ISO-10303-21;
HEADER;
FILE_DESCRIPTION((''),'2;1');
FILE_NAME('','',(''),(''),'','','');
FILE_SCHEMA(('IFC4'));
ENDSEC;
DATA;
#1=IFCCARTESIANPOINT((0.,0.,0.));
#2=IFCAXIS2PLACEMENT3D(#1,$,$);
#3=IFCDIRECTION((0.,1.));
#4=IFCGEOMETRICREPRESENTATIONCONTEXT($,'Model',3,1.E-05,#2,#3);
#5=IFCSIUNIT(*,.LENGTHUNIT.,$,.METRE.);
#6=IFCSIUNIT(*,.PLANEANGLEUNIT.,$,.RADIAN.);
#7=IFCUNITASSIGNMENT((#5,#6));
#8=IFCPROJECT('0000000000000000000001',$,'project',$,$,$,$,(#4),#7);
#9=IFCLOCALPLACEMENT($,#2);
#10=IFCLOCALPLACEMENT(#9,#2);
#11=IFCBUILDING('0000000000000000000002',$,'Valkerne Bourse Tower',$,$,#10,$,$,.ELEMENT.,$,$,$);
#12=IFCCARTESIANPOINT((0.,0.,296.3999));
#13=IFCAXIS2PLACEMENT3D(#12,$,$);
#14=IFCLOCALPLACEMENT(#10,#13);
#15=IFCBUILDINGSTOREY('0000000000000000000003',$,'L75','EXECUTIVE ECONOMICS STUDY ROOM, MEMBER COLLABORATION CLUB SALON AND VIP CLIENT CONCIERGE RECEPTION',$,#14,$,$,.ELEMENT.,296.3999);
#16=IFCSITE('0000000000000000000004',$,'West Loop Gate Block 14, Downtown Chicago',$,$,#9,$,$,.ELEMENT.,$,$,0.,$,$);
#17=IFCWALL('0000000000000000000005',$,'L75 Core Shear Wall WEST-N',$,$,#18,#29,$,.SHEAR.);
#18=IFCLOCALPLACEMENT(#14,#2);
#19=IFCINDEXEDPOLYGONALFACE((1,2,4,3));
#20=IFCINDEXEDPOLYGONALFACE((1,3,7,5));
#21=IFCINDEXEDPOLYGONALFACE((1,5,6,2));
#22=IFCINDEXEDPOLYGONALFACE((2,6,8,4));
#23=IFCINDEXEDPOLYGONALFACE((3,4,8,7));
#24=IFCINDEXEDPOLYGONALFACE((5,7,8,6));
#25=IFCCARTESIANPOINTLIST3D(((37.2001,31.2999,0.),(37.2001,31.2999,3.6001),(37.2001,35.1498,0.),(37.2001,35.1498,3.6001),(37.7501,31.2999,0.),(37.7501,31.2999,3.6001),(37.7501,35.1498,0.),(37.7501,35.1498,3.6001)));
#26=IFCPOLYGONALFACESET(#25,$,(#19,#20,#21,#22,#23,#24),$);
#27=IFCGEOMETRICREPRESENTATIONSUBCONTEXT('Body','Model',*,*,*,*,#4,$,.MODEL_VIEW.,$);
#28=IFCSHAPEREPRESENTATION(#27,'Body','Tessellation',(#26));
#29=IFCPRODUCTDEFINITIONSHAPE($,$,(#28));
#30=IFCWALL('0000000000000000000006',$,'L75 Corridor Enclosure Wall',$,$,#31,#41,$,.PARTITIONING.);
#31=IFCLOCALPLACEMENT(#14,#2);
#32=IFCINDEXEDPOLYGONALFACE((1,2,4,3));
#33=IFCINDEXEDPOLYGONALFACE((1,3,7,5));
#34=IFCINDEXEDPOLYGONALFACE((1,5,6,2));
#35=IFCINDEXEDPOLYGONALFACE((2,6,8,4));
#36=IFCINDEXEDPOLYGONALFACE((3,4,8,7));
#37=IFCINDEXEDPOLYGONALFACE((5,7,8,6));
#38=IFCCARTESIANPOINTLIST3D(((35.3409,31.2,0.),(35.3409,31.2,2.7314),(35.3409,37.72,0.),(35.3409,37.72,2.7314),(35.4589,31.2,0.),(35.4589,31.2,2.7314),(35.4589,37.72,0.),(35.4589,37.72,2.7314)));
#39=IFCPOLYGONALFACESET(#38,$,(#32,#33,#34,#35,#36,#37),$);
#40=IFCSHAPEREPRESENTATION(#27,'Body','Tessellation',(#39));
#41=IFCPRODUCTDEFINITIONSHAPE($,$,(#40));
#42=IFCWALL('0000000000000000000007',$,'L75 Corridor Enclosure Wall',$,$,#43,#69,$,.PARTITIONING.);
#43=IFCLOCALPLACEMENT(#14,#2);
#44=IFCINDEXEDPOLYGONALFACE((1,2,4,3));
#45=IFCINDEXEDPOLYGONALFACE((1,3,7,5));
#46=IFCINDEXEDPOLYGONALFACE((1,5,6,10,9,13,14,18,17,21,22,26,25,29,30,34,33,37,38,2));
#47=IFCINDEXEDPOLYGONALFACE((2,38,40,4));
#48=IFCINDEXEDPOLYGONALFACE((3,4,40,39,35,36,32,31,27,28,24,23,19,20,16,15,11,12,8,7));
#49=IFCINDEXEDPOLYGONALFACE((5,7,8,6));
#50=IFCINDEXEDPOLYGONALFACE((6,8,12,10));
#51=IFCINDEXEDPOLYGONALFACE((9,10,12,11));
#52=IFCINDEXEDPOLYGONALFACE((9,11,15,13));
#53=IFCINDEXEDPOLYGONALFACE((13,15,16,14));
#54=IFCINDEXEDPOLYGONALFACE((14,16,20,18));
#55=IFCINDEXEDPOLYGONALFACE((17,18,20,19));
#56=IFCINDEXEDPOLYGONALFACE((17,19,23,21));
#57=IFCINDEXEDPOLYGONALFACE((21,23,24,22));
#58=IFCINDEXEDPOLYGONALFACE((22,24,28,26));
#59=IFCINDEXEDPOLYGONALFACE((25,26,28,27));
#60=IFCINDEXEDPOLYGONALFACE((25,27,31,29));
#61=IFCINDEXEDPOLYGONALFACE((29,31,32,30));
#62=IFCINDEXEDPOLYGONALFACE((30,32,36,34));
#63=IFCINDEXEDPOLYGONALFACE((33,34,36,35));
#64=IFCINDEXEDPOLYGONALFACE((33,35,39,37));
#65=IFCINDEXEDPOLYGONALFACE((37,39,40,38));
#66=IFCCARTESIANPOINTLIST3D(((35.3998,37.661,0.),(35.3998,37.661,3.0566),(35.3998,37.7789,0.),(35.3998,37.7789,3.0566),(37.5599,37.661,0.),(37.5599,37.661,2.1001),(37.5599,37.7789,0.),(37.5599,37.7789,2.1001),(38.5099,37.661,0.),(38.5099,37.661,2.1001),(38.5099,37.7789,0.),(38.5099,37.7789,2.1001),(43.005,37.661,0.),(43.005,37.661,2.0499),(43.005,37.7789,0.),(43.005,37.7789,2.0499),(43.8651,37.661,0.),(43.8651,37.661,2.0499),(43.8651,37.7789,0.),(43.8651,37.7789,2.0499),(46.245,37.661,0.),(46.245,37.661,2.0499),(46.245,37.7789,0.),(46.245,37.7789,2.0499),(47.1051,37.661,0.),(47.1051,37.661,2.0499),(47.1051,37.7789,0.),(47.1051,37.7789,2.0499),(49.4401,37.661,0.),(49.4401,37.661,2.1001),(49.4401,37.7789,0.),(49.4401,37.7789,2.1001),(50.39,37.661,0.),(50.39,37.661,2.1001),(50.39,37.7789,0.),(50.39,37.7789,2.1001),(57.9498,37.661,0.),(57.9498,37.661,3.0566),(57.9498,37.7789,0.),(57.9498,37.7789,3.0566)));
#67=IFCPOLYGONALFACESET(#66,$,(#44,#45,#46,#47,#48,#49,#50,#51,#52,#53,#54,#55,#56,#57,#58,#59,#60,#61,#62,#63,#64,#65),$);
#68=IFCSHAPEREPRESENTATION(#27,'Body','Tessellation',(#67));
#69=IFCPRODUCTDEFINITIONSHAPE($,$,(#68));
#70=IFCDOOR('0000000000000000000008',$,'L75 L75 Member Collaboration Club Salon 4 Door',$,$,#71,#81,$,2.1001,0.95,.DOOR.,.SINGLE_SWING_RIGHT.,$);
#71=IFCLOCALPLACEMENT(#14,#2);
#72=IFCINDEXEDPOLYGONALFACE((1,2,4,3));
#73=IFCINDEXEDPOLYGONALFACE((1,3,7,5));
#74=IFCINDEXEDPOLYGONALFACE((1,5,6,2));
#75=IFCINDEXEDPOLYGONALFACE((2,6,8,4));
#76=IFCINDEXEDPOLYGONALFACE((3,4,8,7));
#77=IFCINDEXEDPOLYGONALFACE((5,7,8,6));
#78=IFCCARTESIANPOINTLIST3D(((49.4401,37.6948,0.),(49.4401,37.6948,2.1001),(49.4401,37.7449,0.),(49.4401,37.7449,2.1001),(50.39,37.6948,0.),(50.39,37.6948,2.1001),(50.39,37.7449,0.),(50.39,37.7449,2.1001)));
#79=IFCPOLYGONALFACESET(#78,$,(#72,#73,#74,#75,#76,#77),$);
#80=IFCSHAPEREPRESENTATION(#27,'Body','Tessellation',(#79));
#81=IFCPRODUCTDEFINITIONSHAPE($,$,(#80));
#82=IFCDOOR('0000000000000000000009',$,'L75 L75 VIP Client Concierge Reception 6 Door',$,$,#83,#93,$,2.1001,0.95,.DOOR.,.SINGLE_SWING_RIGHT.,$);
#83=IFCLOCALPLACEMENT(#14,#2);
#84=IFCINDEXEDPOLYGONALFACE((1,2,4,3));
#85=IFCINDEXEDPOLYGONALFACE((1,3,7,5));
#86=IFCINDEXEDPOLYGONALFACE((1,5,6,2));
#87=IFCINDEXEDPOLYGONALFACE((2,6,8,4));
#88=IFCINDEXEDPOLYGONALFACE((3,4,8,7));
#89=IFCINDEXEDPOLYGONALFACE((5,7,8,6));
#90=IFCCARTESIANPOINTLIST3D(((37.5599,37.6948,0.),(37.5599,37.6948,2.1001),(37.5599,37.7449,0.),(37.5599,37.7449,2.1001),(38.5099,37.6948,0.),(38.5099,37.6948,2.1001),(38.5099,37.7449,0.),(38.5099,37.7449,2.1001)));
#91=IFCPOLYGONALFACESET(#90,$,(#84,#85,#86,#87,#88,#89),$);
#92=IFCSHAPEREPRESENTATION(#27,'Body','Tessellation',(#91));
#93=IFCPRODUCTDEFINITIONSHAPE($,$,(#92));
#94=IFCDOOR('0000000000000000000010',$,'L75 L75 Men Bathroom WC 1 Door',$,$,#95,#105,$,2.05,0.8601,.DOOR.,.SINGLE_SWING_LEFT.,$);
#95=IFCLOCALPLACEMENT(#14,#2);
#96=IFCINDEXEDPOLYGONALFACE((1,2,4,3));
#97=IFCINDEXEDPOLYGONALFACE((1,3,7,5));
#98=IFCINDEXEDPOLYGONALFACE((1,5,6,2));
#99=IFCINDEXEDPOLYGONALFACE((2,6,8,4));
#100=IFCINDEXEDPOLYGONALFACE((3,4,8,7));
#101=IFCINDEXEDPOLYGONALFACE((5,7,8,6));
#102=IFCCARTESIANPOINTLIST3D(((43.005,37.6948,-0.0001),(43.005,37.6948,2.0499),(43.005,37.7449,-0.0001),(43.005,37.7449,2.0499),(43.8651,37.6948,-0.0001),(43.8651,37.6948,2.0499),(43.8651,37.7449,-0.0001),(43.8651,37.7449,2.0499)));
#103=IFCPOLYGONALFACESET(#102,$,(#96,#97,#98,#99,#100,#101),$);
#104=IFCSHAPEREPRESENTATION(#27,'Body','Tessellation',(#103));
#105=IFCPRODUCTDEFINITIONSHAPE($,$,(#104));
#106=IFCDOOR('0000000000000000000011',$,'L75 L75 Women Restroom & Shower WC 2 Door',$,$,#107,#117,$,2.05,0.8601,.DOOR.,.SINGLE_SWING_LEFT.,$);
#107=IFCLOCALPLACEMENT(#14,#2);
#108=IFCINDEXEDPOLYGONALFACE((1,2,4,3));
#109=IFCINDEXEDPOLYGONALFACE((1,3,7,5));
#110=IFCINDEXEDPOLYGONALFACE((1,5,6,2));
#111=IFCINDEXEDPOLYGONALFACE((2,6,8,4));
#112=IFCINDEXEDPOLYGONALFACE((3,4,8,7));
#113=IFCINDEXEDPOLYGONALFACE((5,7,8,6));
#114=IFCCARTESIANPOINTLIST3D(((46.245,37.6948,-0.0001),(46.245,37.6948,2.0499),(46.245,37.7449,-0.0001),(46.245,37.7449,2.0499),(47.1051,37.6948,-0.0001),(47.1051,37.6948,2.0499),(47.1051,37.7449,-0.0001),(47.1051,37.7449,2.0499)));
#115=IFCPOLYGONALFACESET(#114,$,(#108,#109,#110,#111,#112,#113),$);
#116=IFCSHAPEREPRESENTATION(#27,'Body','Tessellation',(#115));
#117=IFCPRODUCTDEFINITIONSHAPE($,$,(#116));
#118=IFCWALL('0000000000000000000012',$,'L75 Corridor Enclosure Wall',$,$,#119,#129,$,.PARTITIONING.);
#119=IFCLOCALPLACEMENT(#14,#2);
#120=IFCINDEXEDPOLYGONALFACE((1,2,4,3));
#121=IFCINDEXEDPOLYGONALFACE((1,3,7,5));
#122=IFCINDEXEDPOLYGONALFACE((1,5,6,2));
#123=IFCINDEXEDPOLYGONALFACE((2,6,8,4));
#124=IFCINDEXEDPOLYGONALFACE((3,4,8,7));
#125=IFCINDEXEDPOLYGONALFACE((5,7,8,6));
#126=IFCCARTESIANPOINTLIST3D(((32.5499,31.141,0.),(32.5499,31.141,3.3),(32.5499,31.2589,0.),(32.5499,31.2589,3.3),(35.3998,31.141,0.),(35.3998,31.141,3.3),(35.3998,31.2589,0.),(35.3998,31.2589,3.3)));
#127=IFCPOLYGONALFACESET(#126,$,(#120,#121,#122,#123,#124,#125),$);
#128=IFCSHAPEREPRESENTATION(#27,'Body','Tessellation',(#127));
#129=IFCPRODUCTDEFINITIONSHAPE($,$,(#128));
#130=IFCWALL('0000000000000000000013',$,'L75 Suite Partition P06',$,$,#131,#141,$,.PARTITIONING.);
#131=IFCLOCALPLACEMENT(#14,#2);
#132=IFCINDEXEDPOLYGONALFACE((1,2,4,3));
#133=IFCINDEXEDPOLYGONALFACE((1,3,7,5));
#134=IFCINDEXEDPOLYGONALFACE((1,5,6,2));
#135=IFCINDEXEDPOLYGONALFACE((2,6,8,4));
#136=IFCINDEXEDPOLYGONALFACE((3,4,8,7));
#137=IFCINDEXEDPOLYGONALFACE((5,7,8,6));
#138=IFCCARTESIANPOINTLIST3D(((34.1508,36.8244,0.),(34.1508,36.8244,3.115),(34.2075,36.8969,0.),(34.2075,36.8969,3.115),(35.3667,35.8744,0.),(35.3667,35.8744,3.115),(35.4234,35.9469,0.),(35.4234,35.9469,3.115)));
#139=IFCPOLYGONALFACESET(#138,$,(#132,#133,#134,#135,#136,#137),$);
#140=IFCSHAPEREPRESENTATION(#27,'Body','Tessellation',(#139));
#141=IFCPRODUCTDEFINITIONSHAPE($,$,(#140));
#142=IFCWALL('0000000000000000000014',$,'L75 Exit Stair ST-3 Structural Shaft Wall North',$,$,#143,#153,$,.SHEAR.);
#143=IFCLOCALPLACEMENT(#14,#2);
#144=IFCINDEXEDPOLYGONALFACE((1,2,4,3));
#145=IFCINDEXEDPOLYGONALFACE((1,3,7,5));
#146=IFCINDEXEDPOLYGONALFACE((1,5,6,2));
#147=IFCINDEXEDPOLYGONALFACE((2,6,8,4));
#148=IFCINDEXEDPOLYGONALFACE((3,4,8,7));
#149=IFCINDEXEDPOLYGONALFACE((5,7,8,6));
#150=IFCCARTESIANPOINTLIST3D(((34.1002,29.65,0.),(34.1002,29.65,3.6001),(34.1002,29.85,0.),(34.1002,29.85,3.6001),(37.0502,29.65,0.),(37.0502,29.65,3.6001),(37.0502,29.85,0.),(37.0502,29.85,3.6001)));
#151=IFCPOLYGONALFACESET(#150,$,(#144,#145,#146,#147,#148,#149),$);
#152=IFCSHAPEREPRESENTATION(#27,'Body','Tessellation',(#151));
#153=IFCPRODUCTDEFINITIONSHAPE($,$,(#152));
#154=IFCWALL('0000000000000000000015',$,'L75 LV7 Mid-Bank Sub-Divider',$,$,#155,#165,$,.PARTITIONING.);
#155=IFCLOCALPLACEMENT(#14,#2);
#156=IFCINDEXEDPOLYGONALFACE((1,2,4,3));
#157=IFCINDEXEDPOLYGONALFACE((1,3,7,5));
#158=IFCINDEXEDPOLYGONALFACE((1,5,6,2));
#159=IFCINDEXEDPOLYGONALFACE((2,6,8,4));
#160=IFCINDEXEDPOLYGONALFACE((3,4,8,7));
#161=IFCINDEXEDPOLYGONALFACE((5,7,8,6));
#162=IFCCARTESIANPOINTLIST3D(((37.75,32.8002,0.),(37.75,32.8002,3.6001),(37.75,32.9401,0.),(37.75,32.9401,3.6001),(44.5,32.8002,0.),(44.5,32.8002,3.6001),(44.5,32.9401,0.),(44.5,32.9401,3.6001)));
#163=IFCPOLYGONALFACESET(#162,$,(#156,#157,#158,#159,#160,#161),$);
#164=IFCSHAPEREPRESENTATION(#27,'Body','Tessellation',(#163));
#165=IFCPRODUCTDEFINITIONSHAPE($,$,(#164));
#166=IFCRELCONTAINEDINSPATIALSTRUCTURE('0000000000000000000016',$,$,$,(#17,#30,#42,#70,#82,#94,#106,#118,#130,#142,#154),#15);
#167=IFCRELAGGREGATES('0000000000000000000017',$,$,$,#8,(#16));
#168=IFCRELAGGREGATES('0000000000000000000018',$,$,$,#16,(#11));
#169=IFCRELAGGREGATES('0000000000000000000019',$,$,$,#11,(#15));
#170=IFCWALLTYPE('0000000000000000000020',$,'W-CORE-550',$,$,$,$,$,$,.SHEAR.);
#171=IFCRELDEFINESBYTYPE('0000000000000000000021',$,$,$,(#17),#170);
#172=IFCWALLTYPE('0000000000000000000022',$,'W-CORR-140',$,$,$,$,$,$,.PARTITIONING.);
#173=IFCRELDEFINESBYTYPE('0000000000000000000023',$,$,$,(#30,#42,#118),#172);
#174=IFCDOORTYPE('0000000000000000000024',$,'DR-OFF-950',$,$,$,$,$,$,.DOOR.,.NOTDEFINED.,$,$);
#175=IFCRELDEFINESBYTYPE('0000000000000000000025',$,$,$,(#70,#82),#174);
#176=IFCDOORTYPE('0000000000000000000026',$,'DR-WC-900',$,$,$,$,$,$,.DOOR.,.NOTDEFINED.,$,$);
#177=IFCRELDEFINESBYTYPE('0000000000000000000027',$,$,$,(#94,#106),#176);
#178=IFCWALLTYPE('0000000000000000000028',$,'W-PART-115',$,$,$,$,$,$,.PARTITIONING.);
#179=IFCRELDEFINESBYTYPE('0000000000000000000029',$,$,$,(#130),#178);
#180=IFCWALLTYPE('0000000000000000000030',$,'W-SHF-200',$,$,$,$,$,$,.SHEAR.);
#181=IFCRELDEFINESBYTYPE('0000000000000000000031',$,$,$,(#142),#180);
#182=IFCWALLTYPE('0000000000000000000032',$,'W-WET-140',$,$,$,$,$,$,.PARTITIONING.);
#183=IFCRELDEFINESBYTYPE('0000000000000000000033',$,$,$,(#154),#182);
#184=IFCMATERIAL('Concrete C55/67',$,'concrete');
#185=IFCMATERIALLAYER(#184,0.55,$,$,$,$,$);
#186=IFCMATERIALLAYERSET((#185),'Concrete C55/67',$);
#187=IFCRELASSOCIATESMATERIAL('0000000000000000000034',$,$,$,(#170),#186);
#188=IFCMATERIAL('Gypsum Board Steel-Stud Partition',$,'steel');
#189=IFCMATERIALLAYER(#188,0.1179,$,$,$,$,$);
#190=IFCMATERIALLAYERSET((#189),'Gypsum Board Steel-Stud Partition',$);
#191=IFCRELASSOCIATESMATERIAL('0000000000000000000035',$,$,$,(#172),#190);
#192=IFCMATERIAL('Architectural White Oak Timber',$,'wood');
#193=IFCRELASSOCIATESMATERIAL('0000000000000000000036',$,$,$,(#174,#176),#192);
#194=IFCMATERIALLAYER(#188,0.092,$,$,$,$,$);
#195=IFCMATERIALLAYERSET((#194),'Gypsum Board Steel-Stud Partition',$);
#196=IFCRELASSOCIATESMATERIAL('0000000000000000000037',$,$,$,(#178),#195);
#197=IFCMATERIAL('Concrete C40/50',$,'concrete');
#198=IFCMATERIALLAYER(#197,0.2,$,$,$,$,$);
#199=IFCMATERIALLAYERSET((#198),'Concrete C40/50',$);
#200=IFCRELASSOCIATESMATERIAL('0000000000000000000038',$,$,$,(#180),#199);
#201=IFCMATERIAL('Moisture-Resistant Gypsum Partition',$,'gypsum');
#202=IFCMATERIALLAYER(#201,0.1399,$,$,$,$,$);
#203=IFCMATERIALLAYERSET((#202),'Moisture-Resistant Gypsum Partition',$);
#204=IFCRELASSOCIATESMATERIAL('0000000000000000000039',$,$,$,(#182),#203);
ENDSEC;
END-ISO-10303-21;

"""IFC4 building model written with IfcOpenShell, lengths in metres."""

from ifc_helpers import new_model, si_unit, direction, frame, frame_2d, origin, place, context, subcontext, project, spatial, rectangle, extrude, material, layer, layer_set, type_object, element, fill, save


model = new_model("IFC4")

# Units and contexts
model_context = context("Model", 3, precision=1e-05, world=origin(), true_north=direction((0.0, 1.0)))
body_context = subcontext(model_context, "Body", "Model", "MODEL_VIEW")
ifc_project = project(units=[si_unit("LENGTHUNIT", "METRE"), si_unit("PLANEANGLEUNIT", "RADIAN")], contexts=[model_context])

# Site, building, storey
site_placement = place(None, origin())
site = spatial("IfcSite", under=ifc_project, at=site_placement, Name="West Loop Gate Block 14, Downtown Chicago", CompositionType="ELEMENT", RefElevation=0.0)
building_placement = place(site_placement, origin())
building = spatial("IfcBuilding", under=site, at=building_placement, Name="Valkerne Bourse Tower", CompositionType="ELEMENT")
storey_placement = place(building_placement, frame((0.0, 0.0, 296.3999)))
storey = spatial("IfcBuildingStorey", under=building, at=storey_placement, Name="L75", Description="EXECUTIVE ECONOMICS STUDY ROOM, MEMBER COLLABORATION CLUB SALON AND VIP CLIENT CONCIERGE RECEPTION", CompositionType="ELEMENT", Elevation=296.3999)

# Shared definitions
ifc_material_1 = material(Name="Concrete C55/67", Category="concrete")
ifc_layer_1 = layer(ifc_material_1, 0.55)
ifc_layer_set_1 = layer_set([ifc_layer_1], Name="Concrete C55/67")
wall_type_1 = type_object("IfcWallType", Name="W-CORE-550", PredefinedType="SHEAR", material=ifc_layer_set_1)

# Walls
wall_1_placement = place(storey_placement, frame((37.4751, 31.3, 0.0), z_axis=(0.0, 0.0, 1.0), x_axis=(0.0, 1.0, 0.0)))
element("IfcWall", 1, at=wall_1_placement, inside=storey, type_object=wall_type_1, Name="L75 Core Shear Wall WEST-N", PredefinedType="SHEAR", context=body_context, shape_type="SweptSolid", body=[
    extrude(rectangle(XDim=3.8499, YDim=0.55, at=frame_2d((1.9248, 0.0))), origin(), (0.0, 0.0, 1.0), 3.6001),
])
ifc_material_2 = material(Name="Gypsum Board Steel-Stud Partition", Category="steel")
ifc_layer_2 = layer(ifc_material_2, 0.1179)
ifc_layer_set_2 = layer_set([ifc_layer_2], Name="Gypsum Board Steel-Stud Partition")
wall_type_2 = type_object("IfcWallType", Name="W-CORR-140", PredefinedType="PARTITIONING", material=ifc_layer_set_2)
wall_2_placement = place(storey_placement, frame((35.3999, 31.2, 0.0), z_axis=(0.0, 0.0, 1.0), x_axis=(0.0, 1.0, 0.0)))
element("IfcWall", 2, at=wall_2_placement, inside=storey, type_object=wall_type_2, Name="L75 Corridor Enclosure Wall", PredefinedType="PARTITIONING", context=body_context, shape_type="SweptSolid", body=[
    extrude(rectangle(XDim=6.52, YDim=0.1179, at=frame_2d((3.26, 0.0))), origin(), (0.0, 0.0, 1.0), 2.7314),
])

# Wall, openings, doors
wall_3_placement = place(storey_placement, frame((35.3999, 37.72, 0.0), z_axis=(0.0, 0.0, 1.0), x_axis=(1.0, 0.0, 0.0)))
wall_3 = element("IfcWall", 3, at=wall_3_placement, inside=storey, type_object=wall_type_2, Name="L75 Corridor Enclosure Wall", PredefinedType="PARTITIONING", context=body_context, shape_type="SweptSolid", body=[
    extrude(rectangle(XDim=22.55, YDim=0.1179, at=frame_2d((11.2749, 0.0))), origin(), (0.0, 0.0, 1.0), 3.0566),
])
opening_1_placement = place(wall_3_placement, frame((7.605, 0.0, 0.0)))
opening_1 = element("IfcOpeningElement", 4, at=opening_1_placement, cuts=wall_3, PredefinedType="OPENING", context=body_context, shape_type="SweptSolid", body=[
    extrude(rectangle(XDim=0.8601, YDim=2.05, at=frame_2d((0.4302, 1.0249))), frame((0.0, 0.0688, 0.0), z_axis=(0.0, -1.0, 0.0), x_axis=(1.0, 0.0, 0.0)), (0.0, 0.0, 1.0), 0.1379),
])
opening_2_placement = place(wall_3_placement, frame((10.845, 0.0, 0.0)))
opening_2 = element("IfcOpeningElement", 5, at=opening_2_placement, cuts=wall_3, PredefinedType="OPENING", context=body_context, shape_type="SweptSolid", body=[
    extrude(rectangle(XDim=0.8601, YDim=2.05, at=frame_2d((0.4302, 1.0249))), frame((0.0, 0.0688, 0.0), z_axis=(0.0, -1.0, 0.0), x_axis=(1.0, 0.0, 0.0)), (0.0, 0.0, 1.0), 0.1379),
])
opening_3_placement = place(wall_3_placement, frame((14.04, 0.0, 0.0)))
opening_3 = element("IfcOpeningElement", 6, at=opening_3_placement, cuts=wall_3, PredefinedType="OPENING", context=body_context, shape_type="SweptSolid", body=[
    extrude(rectangle(XDim=0.95, YDim=2.1001, at=frame_2d((0.4751, 1.05))), frame((0.0, 0.0688, 0.0), z_axis=(0.0, -1.0, 0.0), x_axis=(1.0, 0.0, 0.0)), (0.0, 0.0, 1.0), 0.1379),
])
opening_4_placement = place(wall_3_placement, frame((2.1599, 0.0, 0.0)))
opening_4 = element("IfcOpeningElement", 7, at=opening_4_placement, cuts=wall_3, PredefinedType="OPENING", context=body_context, shape_type="SweptSolid", body=[
    extrude(rectangle(XDim=0.95, YDim=2.1001, at=frame_2d((0.4751, 1.05))), frame((0.0, 0.0688, 0.0), z_axis=(0.0, -1.0, 0.0), x_axis=(1.0, 0.0, 0.0)), (0.0, 0.0, 1.0), 0.1379),
])
ifc_material_3 = material(Name="Architectural White Oak Timber", Category="wood")
door_type_1 = type_object("IfcDoorType", Name="DR-OFF-950", OperationType="NOTDEFINED", PredefinedType="DOOR", material=ifc_material_3)
door_1_placement = place(opening_3_placement, origin())
door_1 = element("IfcDoor", 8, at=door_1_placement, inside=storey, type_object=door_type_1, Name="L75 L75 Member Collaboration Club Salon 4 Door", OperationType="SINGLE_SWING_RIGHT", OverallHeight=2.1001, OverallWidth=0.95, PredefinedType="DOOR", context=body_context, shape_type="SweptSolid", body=[
    extrude(rectangle(XDim=0.95, YDim=2.1001, at=frame_2d((0.4751, 1.05))), frame((0.0, 0.0249, 0.0), z_axis=(0.0, -1.0, 0.0), x_axis=(1.0, 0.0, 0.0)), (0.0, 0.0, 1.0), 0.05),
])
fill(opening_3, door_1)
door_2_placement = place(opening_4_placement, origin())
door_2 = element("IfcDoor", 9, at=door_2_placement, inside=storey, type_object=door_type_1, Name="L75 L75 VIP Client Concierge Reception 6 Door", OperationType="SINGLE_SWING_RIGHT", OverallHeight=2.1001, OverallWidth=0.95, PredefinedType="DOOR", context=body_context, shape_type="SweptSolid", body=[
    extrude(rectangle(XDim=0.95, YDim=2.1001, at=frame_2d((0.4751, 1.05))), frame((0.0, 0.0249, 0.0), z_axis=(0.0, -1.0, 0.0), x_axis=(1.0, 0.0, 0.0)), (0.0, 0.0, 1.0), 0.05),
])
fill(opening_4, door_2)
door_type_2 = type_object("IfcDoorType", Name="DR-WC-900", OperationType="NOTDEFINED", PredefinedType="DOOR", material=ifc_material_3)
door_3_placement = place(opening_1_placement, origin())
door_3 = element("IfcDoor", 10, at=door_3_placement, inside=storey, type_object=door_type_2, Name="L75 L75 Men Bathroom WC 1 Door", OperationType="SINGLE_SWING_LEFT", OverallHeight=2.05, OverallWidth=0.8601, PredefinedType="DOOR", context=body_context, shape_type="SweptSolid", body=[
    extrude(rectangle(XDim=0.8601, YDim=2.05, at=frame_2d((0.4302, 1.0249))), frame((0.0, 0.0249, 0.0), z_axis=(0.0, -1.0, 0.0), x_axis=(1.0, 0.0, 0.0)), (0.0, 0.0, 1.0), 0.05),
])
fill(opening_1, door_3)
door_4_placement = place(opening_2_placement, origin())
door_4 = element("IfcDoor", 11, at=door_4_placement, inside=storey, type_object=door_type_2, Name="L75 L75 Women Restroom & Shower WC 2 Door", OperationType="SINGLE_SWING_LEFT", OverallHeight=2.05, OverallWidth=0.8601, PredefinedType="DOOR", context=body_context, shape_type="SweptSolid", body=[
    extrude(rectangle(XDim=0.8601, YDim=2.05, at=frame_2d((0.4302, 1.0249))), frame((0.0, 0.0249, 0.0), z_axis=(0.0, -1.0, 0.0), x_axis=(1.0, 0.0, 0.0)), (0.0, 0.0, 1.0), 0.05),
])
fill(opening_2, door_4)

# Walls
wall_4_placement = place(storey_placement, frame((32.55, 31.2, 0.0), z_axis=(0.0, 0.0, 1.0), x_axis=(1.0, 0.0, 0.0)))
element("IfcWall", 12, at=wall_4_placement, inside=storey, type_object=wall_type_2, Name="L75 Corridor Enclosure Wall", PredefinedType="PARTITIONING", context=body_context, shape_type="SweptSolid", body=[
    extrude(rectangle(XDim=2.8499, YDim=0.1179, at=frame_2d((1.4248, 0.0))), origin(), (0.0, 0.0, 1.0), 3.3),
])
ifc_layer_3 = layer(ifc_material_2, 0.092)
ifc_layer_set_3 = layer_set([ifc_layer_3], Name="Gypsum Board Steel-Stud Partition")
wall_type_3 = type_object("IfcWallType", Name="W-PART-115", PredefinedType="PARTITIONING", material=ifc_layer_set_3)
wall_5_placement = place(storey_placement, frame((35.395, 35.9106, 0.0), z_axis=(0.0, 0.0, 1.0), x_axis=(-0.787996, 0.615681, 0.0)))
element("IfcWall", 13, at=wall_5_placement, inside=storey, type_object=wall_type_3, Name="L75 Suite Partition P06", PredefinedType="PARTITIONING", context=body_context, shape_type="SweptSolid", body=[
    extrude(rectangle(XDim=1.543, YDim=0.092, at=frame_2d((0.7715, 0.0))), origin(), (0.0, 0.0, 1.0), 3.115),
])
ifc_material_4 = material(Name="Concrete C40/50", Category="concrete")
ifc_layer_4 = layer(ifc_material_4, 0.2)
ifc_layer_set_4 = layer_set([ifc_layer_4], Name="Concrete C40/50")
wall_type_4 = type_object("IfcWallType", Name="W-SHF-200", PredefinedType="SHEAR", material=ifc_layer_set_4)
wall_6_placement = place(storey_placement, frame((34.1001, 29.75, 0.0), z_axis=(0.0, 0.0, 1.0), x_axis=(1.0, 0.0, 0.0)))
element("IfcWall", 14, at=wall_6_placement, inside=storey, type_object=wall_type_4, Name="L75 Exit Stair ST-3 Structural Shaft Wall North", PredefinedType="SHEAR", context=body_context, shape_type="SweptSolid", body=[
    extrude(rectangle(XDim=2.95, YDim=0.2, at=frame_2d((1.4751, 0.0))), origin(), (0.0, 0.0, 1.0), 3.6001),
])
ifc_material_5 = material(Name="Moisture-Resistant Gypsum Partition", Category="gypsum")
ifc_layer_5 = layer(ifc_material_5, 0.1399)
ifc_layer_set_5 = layer_set([ifc_layer_5], Name="Moisture-Resistant Gypsum Partition")
wall_type_5 = type_object("IfcWallType", Name="W-WET-140", PredefinedType="PARTITIONING", material=ifc_layer_set_5)
for number, where, z_axis, x_axis, name in (
    (15, (37.75, 32.8701, 0.0), (0.0, 0.0, 1.0), (1.0, 0.0, 0.0), "L75 LV7 Mid-Bank Sub-Divider"),
):
    element("IfcWall", number, at=place(storey_placement, frame(where, z_axis=z_axis, x_axis=x_axis)), inside=storey, type_object=wall_type_5, Name=name, PredefinedType="PARTITIONING", context=body_context, shape_type="SweptSolid", body=[
        extrude(rectangle(XDim=6.75, YDim=0.1399, at=frame_2d((3.375, 0.0))), origin(), (0.0, 0.0, 1.0), 3.6001),
    ])

save(model, "model.ifc")
